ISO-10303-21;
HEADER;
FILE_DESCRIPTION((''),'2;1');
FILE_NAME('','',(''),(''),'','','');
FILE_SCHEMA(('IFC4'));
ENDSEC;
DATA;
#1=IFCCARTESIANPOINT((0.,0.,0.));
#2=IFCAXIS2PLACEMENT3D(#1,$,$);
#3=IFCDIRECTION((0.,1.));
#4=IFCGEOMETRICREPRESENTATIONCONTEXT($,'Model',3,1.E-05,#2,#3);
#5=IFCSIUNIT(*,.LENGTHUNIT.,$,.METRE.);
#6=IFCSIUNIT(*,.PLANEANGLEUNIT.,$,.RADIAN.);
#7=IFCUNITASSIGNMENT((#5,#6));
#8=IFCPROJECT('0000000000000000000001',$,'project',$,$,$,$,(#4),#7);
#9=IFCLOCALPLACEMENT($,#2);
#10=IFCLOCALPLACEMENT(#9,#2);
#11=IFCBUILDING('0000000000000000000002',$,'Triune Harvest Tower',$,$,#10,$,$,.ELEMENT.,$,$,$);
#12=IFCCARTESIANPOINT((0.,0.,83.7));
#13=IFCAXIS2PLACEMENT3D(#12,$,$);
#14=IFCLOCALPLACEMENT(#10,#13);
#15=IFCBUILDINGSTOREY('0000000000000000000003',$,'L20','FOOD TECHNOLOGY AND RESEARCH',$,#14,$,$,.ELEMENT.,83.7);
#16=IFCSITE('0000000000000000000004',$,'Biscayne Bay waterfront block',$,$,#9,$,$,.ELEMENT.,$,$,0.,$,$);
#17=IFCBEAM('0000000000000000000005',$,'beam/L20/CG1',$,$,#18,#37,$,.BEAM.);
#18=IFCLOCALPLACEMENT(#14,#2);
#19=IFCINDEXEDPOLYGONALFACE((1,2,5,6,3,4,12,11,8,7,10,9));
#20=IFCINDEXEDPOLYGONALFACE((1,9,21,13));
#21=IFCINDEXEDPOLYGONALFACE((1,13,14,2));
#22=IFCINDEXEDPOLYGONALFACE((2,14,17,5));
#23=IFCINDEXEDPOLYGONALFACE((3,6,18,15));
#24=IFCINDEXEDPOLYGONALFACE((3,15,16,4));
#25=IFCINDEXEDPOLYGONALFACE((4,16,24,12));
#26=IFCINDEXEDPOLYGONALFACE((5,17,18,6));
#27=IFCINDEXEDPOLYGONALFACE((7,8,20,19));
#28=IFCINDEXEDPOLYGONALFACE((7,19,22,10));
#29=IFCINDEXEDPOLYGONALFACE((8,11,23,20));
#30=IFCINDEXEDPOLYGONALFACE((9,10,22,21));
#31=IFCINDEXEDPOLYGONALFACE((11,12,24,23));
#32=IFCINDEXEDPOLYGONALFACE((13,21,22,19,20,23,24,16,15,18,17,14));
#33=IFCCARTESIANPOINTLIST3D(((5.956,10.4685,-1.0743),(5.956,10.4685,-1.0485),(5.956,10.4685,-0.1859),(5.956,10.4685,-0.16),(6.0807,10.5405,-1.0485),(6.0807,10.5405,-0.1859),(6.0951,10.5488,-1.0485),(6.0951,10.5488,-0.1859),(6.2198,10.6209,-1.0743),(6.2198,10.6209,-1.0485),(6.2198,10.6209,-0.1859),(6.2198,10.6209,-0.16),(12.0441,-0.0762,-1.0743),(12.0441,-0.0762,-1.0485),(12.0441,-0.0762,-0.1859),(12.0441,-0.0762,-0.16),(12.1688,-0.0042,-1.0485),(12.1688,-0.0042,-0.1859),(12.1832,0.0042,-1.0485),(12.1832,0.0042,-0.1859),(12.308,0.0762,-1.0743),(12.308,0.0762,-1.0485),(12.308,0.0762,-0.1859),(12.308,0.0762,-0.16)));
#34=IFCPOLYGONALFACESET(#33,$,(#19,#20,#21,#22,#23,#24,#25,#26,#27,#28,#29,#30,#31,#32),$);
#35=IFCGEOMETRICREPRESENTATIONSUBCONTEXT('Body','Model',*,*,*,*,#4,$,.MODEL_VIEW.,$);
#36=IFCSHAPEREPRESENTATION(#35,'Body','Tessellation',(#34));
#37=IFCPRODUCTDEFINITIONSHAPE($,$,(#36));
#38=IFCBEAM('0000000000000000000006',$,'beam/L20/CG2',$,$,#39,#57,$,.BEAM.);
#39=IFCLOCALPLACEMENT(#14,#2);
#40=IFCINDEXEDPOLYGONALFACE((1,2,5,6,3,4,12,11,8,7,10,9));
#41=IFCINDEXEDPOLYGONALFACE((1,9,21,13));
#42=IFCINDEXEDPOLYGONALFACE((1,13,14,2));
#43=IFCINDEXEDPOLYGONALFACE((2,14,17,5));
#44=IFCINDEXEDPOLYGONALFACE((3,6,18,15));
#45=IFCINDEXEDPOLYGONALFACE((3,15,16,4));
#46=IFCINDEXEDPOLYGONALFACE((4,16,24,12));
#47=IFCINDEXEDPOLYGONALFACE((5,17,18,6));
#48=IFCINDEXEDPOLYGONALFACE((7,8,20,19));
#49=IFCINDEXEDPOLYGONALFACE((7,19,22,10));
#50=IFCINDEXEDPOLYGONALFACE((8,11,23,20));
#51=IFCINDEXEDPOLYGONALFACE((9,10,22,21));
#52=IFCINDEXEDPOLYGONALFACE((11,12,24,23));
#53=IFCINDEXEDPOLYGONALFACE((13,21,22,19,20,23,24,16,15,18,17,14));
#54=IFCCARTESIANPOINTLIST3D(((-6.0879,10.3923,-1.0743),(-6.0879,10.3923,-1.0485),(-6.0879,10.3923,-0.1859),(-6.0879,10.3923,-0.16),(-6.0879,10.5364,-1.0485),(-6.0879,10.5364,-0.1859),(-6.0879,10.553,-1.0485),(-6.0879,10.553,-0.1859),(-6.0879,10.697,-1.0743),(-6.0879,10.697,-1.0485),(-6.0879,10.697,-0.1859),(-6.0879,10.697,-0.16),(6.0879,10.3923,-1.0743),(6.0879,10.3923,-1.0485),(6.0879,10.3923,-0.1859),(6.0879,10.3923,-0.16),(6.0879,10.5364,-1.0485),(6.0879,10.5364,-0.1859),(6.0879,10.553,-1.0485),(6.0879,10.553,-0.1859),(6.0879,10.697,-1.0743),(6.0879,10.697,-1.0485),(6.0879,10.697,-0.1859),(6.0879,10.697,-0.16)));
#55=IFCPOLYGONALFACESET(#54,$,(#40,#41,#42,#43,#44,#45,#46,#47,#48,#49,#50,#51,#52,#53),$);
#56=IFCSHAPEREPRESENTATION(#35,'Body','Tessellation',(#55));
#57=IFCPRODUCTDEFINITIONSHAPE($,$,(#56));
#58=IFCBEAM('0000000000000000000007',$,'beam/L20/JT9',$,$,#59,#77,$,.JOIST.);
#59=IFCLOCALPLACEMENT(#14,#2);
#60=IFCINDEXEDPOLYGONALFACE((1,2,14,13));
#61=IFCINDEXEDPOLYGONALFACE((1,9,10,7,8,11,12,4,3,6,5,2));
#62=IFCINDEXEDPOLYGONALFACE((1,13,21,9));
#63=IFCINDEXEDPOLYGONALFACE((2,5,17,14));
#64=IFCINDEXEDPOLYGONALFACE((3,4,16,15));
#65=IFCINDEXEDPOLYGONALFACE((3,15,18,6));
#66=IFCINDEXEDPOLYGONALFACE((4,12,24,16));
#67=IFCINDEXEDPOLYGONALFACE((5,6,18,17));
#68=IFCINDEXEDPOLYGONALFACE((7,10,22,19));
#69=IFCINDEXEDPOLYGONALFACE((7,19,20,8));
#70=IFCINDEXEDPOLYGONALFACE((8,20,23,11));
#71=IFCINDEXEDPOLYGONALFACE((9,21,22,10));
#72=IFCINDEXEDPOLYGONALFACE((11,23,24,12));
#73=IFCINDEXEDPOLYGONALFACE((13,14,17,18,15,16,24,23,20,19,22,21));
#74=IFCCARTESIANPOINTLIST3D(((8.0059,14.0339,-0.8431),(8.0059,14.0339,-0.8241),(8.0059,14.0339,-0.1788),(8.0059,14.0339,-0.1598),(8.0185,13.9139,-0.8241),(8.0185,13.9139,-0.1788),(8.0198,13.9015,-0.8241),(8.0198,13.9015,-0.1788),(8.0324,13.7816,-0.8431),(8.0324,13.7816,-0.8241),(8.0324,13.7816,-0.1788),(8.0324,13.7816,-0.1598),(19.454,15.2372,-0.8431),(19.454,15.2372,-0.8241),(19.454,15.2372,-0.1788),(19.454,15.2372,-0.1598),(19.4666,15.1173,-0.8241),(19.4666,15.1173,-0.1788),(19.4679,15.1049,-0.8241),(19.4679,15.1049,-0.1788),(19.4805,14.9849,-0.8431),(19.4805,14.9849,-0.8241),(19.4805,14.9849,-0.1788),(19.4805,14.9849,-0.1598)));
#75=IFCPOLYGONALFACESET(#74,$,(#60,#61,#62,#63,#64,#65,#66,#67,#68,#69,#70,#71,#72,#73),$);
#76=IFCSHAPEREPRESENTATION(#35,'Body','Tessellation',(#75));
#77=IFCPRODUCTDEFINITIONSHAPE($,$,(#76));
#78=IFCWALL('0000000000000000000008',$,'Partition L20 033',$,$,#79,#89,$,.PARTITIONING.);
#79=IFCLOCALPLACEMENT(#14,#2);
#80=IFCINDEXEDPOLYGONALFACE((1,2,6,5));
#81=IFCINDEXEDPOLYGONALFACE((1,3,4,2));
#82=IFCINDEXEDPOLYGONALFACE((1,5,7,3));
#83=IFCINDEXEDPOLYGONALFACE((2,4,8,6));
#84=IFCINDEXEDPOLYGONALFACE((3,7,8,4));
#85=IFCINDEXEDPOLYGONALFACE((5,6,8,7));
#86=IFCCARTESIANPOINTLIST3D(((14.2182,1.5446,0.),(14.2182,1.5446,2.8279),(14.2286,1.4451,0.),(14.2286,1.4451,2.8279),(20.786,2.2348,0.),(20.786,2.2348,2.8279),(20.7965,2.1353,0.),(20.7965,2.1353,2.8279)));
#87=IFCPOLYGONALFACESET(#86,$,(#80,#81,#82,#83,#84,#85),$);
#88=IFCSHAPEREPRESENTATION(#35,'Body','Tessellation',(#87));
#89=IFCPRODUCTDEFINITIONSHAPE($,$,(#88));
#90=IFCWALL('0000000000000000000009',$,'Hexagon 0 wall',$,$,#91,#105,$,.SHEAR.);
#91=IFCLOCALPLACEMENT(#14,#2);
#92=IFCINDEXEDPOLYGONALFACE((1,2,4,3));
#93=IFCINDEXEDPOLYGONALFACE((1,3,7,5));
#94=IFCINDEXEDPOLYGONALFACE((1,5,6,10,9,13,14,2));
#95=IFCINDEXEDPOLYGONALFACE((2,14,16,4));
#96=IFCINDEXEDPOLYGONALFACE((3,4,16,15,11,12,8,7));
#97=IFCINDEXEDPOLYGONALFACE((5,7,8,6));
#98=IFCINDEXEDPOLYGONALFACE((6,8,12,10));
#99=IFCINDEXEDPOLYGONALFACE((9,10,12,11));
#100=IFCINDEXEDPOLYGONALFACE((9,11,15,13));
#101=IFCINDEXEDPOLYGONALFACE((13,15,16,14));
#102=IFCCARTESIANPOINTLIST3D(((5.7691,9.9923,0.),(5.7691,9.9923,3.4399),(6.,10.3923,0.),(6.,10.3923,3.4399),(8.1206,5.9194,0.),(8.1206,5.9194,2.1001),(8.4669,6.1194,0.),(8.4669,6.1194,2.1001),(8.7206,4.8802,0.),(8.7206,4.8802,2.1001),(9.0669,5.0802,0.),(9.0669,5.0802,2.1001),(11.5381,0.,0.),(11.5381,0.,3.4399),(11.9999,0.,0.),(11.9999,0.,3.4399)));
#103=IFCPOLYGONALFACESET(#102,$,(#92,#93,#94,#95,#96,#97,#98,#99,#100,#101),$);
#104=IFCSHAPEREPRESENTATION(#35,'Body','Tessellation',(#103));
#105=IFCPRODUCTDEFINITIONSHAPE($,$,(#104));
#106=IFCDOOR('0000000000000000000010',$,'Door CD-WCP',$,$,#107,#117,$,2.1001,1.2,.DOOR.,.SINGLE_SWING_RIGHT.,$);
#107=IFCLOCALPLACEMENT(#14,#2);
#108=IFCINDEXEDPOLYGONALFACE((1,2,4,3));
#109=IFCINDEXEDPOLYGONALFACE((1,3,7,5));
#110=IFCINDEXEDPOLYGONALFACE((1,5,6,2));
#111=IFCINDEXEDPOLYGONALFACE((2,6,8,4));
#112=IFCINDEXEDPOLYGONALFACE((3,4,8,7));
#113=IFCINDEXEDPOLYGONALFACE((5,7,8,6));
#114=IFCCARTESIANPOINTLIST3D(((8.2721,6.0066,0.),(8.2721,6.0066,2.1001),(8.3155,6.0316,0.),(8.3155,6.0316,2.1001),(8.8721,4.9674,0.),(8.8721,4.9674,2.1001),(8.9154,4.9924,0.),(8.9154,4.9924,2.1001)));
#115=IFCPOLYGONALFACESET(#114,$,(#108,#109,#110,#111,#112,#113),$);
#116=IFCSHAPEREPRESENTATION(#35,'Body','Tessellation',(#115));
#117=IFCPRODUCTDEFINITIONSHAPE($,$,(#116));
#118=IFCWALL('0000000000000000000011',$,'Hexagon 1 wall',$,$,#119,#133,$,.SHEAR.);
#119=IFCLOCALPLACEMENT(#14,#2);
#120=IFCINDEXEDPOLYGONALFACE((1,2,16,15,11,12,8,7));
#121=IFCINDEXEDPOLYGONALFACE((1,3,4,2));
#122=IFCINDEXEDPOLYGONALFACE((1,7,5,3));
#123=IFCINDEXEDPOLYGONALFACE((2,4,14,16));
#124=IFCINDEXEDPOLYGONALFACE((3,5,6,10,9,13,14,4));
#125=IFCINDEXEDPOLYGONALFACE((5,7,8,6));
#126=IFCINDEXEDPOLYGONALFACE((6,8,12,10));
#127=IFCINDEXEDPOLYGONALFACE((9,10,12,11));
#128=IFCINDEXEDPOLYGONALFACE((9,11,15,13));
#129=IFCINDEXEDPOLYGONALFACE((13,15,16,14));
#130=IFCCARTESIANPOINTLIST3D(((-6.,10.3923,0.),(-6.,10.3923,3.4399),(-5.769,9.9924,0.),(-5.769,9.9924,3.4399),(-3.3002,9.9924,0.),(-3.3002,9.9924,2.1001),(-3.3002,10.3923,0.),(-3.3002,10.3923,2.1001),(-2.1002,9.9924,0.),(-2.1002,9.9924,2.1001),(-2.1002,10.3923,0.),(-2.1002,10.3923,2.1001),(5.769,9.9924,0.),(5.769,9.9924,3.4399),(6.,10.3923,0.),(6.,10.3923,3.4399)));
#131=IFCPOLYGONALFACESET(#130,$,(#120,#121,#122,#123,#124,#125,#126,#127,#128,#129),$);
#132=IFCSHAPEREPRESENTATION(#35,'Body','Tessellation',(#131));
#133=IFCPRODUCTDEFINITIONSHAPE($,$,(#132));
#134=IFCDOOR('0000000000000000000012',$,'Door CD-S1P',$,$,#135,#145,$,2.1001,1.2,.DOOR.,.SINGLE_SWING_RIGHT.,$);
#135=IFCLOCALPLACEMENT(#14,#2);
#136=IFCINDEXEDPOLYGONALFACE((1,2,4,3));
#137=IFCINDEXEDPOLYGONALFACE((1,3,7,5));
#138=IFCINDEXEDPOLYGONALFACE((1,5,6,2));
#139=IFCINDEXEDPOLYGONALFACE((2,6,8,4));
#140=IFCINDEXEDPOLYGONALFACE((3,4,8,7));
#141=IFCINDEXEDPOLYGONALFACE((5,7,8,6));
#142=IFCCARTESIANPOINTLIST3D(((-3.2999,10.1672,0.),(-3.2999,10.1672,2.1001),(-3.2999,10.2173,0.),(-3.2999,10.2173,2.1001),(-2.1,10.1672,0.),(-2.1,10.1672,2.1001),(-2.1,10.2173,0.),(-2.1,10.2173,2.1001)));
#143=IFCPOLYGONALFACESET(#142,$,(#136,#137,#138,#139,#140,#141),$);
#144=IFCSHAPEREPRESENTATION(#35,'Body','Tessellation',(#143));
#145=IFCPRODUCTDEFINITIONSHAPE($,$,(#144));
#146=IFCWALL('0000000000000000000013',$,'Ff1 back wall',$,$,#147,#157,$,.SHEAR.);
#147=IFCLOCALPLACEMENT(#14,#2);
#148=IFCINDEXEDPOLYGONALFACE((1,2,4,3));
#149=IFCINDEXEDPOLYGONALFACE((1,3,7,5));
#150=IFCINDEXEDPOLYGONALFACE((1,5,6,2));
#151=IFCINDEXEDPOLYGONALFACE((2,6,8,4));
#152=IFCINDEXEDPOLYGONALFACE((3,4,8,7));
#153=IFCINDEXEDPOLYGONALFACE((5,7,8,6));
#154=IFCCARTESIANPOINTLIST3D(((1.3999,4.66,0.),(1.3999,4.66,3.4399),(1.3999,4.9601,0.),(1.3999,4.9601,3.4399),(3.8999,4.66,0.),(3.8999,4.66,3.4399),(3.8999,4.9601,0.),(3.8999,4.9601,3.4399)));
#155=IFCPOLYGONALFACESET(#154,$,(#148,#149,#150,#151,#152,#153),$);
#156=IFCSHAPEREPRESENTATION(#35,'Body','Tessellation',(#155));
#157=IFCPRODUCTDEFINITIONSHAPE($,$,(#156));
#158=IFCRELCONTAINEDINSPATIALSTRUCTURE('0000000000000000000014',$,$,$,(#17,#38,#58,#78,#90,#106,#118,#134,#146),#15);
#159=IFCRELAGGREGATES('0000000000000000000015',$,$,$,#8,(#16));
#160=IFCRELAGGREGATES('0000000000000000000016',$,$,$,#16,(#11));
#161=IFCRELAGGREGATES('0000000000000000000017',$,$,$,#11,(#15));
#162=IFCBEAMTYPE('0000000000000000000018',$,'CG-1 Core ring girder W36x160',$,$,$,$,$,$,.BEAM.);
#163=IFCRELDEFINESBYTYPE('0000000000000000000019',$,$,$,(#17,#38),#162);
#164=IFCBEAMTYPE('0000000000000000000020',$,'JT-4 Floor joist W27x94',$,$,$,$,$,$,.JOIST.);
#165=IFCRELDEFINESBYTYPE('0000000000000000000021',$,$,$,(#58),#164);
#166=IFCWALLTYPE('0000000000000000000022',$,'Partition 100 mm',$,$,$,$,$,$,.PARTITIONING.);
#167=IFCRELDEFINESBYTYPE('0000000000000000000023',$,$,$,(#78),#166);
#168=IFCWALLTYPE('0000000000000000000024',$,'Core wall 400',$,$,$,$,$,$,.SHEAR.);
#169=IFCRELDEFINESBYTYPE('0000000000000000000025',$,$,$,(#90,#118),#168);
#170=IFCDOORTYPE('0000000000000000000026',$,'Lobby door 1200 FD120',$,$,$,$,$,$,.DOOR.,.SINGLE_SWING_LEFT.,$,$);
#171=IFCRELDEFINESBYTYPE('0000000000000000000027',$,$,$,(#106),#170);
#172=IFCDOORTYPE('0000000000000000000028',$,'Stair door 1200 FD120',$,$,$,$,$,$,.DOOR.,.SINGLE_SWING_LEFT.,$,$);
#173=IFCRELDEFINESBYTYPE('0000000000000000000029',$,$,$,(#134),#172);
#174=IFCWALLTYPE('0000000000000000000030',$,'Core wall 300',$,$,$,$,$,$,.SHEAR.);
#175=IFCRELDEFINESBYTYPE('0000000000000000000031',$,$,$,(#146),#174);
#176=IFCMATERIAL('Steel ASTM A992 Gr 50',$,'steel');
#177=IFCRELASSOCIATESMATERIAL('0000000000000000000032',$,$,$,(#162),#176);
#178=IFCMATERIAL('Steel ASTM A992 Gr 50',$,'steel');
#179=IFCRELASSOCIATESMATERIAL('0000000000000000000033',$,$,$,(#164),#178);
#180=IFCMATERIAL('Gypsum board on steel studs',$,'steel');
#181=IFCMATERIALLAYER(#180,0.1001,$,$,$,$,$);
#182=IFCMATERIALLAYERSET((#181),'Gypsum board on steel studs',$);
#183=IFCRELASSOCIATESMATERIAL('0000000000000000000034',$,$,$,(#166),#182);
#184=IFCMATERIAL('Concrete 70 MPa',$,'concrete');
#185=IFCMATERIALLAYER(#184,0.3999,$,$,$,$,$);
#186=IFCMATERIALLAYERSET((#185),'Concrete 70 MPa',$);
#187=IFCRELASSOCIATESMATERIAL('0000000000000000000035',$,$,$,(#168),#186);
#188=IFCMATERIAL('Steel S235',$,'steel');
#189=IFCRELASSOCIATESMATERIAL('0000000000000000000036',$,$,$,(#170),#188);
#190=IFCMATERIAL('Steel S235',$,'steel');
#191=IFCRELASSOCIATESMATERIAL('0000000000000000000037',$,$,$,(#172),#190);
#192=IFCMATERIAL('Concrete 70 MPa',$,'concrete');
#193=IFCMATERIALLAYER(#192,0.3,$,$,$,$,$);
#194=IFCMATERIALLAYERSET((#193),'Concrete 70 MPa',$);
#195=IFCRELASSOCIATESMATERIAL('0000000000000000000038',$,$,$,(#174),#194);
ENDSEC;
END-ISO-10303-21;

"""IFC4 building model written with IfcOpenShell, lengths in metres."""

from ifc_helpers import new_model, si_unit, direction, frame, frame_2d, origin, origin_2d, place, context, subcontext, project, spatial, polyline, rectangle, i_section, outline, extrude, source, transform, mapped, material, layer, layer_set, material_profile, profile_set, type_object, element, fill, save


model = new_model("IFC4")

# Units and contexts
model_context = context("Model", 3, precision=1e-05, world=origin(), true_north=direction((0.0, 1.0)))
body_context = subcontext(model_context, "Body", "Model", "MODEL_VIEW")
ifc_project = project(units=[si_unit("LENGTHUNIT", "METRE"), si_unit("PLANEANGLEUNIT", "RADIAN")], contexts=[model_context])

# Site, building, storey
site_placement = place(None, origin())
site = spatial("IfcSite", under=ifc_project, at=site_placement, Name="Biscayne Bay waterfront block", CompositionType="ELEMENT", RefElevation=0.0)
building_placement = place(site_placement, origin())
building = spatial("IfcBuilding", under=site, at=building_placement, Name="Triune Harvest Tower", CompositionType="ELEMENT")
storey_placement = place(building_placement, frame((0.0, 0.0, 83.7)))
storey = spatial("IfcBuildingStorey", under=building, at=storey_placement, Name="L20", Description="FOOD TECHNOLOGY AND RESEARCH", CompositionType="ELEMENT", Elevation=83.7)

# Beams
ifc_material_1 = material(Name="Steel ASTM A992 Gr 50", Category="steel")
ifc_material_profile_1 = material_profile(ifc_material_1, i_section(OverallWidth=0.3047, OverallDepth=0.9143, WebThickness=0.0166, FlangeThickness=0.0259, at=origin_2d()), Name="W36x160")
ifc_profile_set_1 = profile_set([ifc_material_profile_1], Name="Steel ASTM A992 Gr 50")
beam_type_1 = type_object("IfcBeamType", Name="CG-1 Core ring girder W36x160", PredefinedType="BEAM", material=ifc_profile_set_1)
shared_shape_1 = source(origin(), body_context, "Body", "SweptSolid", [
    extrude(i_section(OverallWidth=0.3047, OverallDepth=0.9143, WebThickness=0.0166, FlangeThickness=0.0259, at=origin_2d()), origin(), (0.0, 0.0, 1.0), 12.176),
])
beam_1_placement = place(storey_placement, frame((12.176, 0.0, -0.6172), z_axis=(-0.50001, 0.86602, 0.0), x_axis=(-0.86602, -0.50001, 0.0)))
element("IfcBeam", 1, at=beam_1_placement, inside=storey, type_object=beam_type_1, Name="beam/L20/CG1", PredefinedType="BEAM", context=body_context, shape_type="MappedRepresentation", body=[
    mapped(shared_shape_1, transform((0.0, 0.0, 0.0), scale=1.0)),
])
shared_shape_2 = source(origin(), body_context, "Body", "SweptSolid", [
    extrude(i_section(OverallWidth=0.3047, OverallDepth=0.9143, WebThickness=0.0166, FlangeThickness=0.0259, at=origin_2d()), origin(), (0.0, 0.0, 1.0), 12.1758),
])
beam_2_placement = place(storey_placement, frame((6.0879, 10.5447, -0.6172), z_axis=(-1.0, 0.0, 0.0), x_axis=(0.0, -1.0, 0.0)))
element("IfcBeam", 2, at=beam_2_placement, inside=storey, type_object=beam_type_1, Name="beam/L20/CG2", PredefinedType="BEAM", context=body_context, shape_type="MappedRepresentation", body=[
    mapped(shared_shape_2, transform((0.0, 0.0, 0.0), scale=1.0)),
])
ifc_material_2 = material(Name="Steel ASTM A992 Gr 50", Category="steel")
ifc_material_profile_2 = material_profile(ifc_material_2, i_section(OverallWidth=0.2537, OverallDepth=0.6833, WebThickness=0.0125, FlangeThickness=0.019, at=origin_2d()), Name="W27x94")
ifc_profile_set_2 = profile_set([ifc_material_profile_2], Name="Steel ASTM A992 Gr 50")
beam_type_2 = type_object("IfcBeamType", Name="JT-4 Floor joist W27x94", PredefinedType="JOIST", material=ifc_profile_set_2)
shared_shape_3 = source(origin(), body_context, "Body", "SweptSolid", [
    extrude(i_section(OverallWidth=0.2537, OverallDepth=0.6833, WebThickness=0.0125, FlangeThickness=0.019, at=origin_2d()), origin(), (0.0, 0.0, 1.0), 11.5112),
])
beam_3_placement = place(storey_placement, frame((19.4673, 15.1111, -0.5015), z_axis=(-0.994521, -0.104538, 0.0), x_axis=(0.104538, -0.994521, 0.0)))
element("IfcBeam", 3, at=beam_3_placement, inside=storey, type_object=beam_type_2, Name="beam/L20/JT9", PredefinedType="JOIST", context=body_context, shape_type="MappedRepresentation", body=[
    mapped(shared_shape_3, transform((0.0, 0.0, 0.0), scale=1.0)),
])

# Wall
ifc_material_3 = material(Name="Gypsum board on steel studs", Category="steel")
ifc_layer_1 = layer(ifc_material_3, 0.1001)
ifc_layer_set_1 = layer_set([ifc_layer_1], Name="Gypsum board on steel studs")
wall_type_1 = type_object("IfcWallType", Name="Partition 100 mm", PredefinedType="PARTITIONING", material=ifc_layer_set_1)
wall_1_placement = place(storey_placement, frame((14.2234, 1.4949, 0.0), z_axis=(0.0, 0.0, 1.0), x_axis=(0.994524, 0.10451, 0.0)))
element("IfcWall", 4, at=wall_1_placement, inside=storey, type_object=wall_type_1, Name="Partition L20 033", PredefinedType="PARTITIONING", context=body_context, shape_type="SweptSolid", body=[
    extrude(rectangle(XDim=6.604, YDim=0.1001, at=frame_2d((3.302, 0.0))), origin(), (0.0, 0.0, 1.0), 2.8279),
])

# Walls, openings, doors
ifc_material_4 = material(Name="Concrete 70 MPa", Category="concrete")
ifc_layer_2 = layer(ifc_material_4, 0.3999)
ifc_layer_set_2 = layer_set([ifc_layer_2], Name="Concrete 70 MPa")
wall_type_2 = type_object("IfcWallType", Name="Core wall 400", PredefinedType="SHEAR", material=ifc_layer_set_2)
shared_shape_4 = source(origin(), body_context, "Body", "SweptSolid", [
    extrude(outline(polyline([(-0.1155, -0.2), (11.8845, -0.2), (11.6536, 0.2), (0.1155, 0.2), (-0.1155, -0.2)])), origin(), (0.0, 0.0, 1.0), 3.4399),
])
wall_2_placement = place(storey_placement, frame((11.769, 0.0, 0.0), z_axis=(0.0, 0.0, 1.0), x_axis=(-0.499997, 0.866027, 0.0)))
wall_2 = element("IfcWall", 5, at=wall_2_placement, inside=storey, type_object=wall_type_2, Name="Hexagon 0 wall", PredefinedType="SHEAR", context=body_context, shape_type="MappedRepresentation", body=[
    mapped(shared_shape_4, transform((0.0, 0.0, 0.0), scale=1.0)),
])
opening_1_placement = place(wall_2_placement, frame((5.7505, 0.0, 0.0)))
opening_1 = element("IfcOpeningElement", 6, at=opening_1_placement, cuts=wall_2, PredefinedType="OPENING", context=body_context, shape_type="SweptSolid", body=[
    extrude(rectangle(XDim=1.2, YDim=2.1001, at=frame_2d((0.6001, 1.05))), frame((0.0, 0.21, 0.0), z_axis=(0.0, -1.0, 0.0), x_axis=(1.0, 0.0, 0.0)), (0.0, 0.0, 1.0), 0.4199),
])
ifc_material_5 = material(Name="Steel S235", Category="steel")
door_type_1 = type_object("IfcDoorType", Name="Lobby door 1200 FD120", OperationType="SINGLE_SWING_LEFT", PredefinedType="DOOR", material=ifc_material_5)
door_1_placement = place(opening_1_placement, frame((1.2, 0.0, 0.0), z_axis=(0.0, 0.0, 1.0), x_axis=(-1.0, 0.0, 0.0)))
door_1 = element("IfcDoor", 7, at=door_1_placement, inside=storey, type_object=door_type_1, Name="Door CD-WCP", OperationType="SINGLE_SWING_RIGHT", OverallHeight=2.1001, OverallWidth=1.2, PredefinedType="DOOR", context=body_context, shape_type="SweptSolid", body=[
    extrude(rectangle(XDim=1.2, YDim=2.1001, at=frame_2d((0.6001, 1.05))), frame((0.0, 0.0249, 0.0), z_axis=(0.0, -1.0, 0.0), x_axis=(1.0, 0.0, 0.0)), (0.0, 0.0, 1.0), 0.05),
])
fill(opening_1, door_1)
wall_3_placement = place(storey_placement, frame((5.8845, 10.1924, 0.0), z_axis=(0.0, 0.0, 1.0), x_axis=(-1.0, 0.0, 0.0)))
wall_3 = element("IfcWall", 8, at=wall_3_placement, inside=storey, type_object=wall_type_2, Name="Hexagon 1 wall", PredefinedType="SHEAR", context=body_context, shape_type="MappedRepresentation", body=[
    mapped(shared_shape_4, transform((0.0, 0.0, 0.0), scale=1.0)),
])
opening_2_placement = place(wall_3_placement, frame((7.9846, 0.0, 0.0)))
opening_2 = element("IfcOpeningElement", 9, at=opening_2_placement, cuts=wall_3, PredefinedType="OPENING", context=body_context, shape_type="SweptSolid", body=[
    extrude(rectangle(XDim=1.2, YDim=2.1001, at=frame_2d((0.6001, 1.05))), frame((0.0, 0.21, 0.0), z_axis=(0.0, -1.0, 0.0), x_axis=(1.0, 0.0, 0.0)), (0.0, 0.0, 1.0), 0.4199),
])
ifc_material_6 = material(Name="Steel S235", Category="steel")
door_type_2 = type_object("IfcDoorType", Name="Stair door 1200 FD120", OperationType="SINGLE_SWING_LEFT", PredefinedType="DOOR", material=ifc_material_6)
door_2_placement = place(opening_2_placement, frame((1.2, 0.0, 0.0), z_axis=(0.0, 0.0, 1.0), x_axis=(-1.0, 0.0, 0.0)))
door_2 = element("IfcDoor", 10, at=door_2_placement, inside=storey, type_object=door_type_2, Name="Door CD-S1P", OperationType="SINGLE_SWING_RIGHT", OverallHeight=2.1001, OverallWidth=1.2, PredefinedType="DOOR", context=body_context, shape_type="SweptSolid", body=[
    extrude(rectangle(XDim=1.2, YDim=2.1001, at=frame_2d((0.6001, 1.05))), frame((0.0, 0.0249, 0.0), z_axis=(0.0, -1.0, 0.0), x_axis=(1.0, 0.0, 0.0)), (0.0, 0.0, 1.0), 0.05),
])
fill(opening_2, door_2)

# Wall
ifc_material_7 = material(Name="Concrete 70 MPa", Category="concrete")
ifc_layer_3 = layer(ifc_material_7, 0.3)
ifc_layer_set_3 = layer_set([ifc_layer_3], Name="Concrete 70 MPa")
wall_type_3 = type_object("IfcWallType", Name="Core wall 300", PredefinedType="SHEAR", material=ifc_layer_set_3)
shared_shape_5 = source(origin(), body_context, "Body", "SweptSolid", [
    extrude(rectangle(XDim=2.5, YDim=0.3, at=frame_2d((1.25, 0.0))), origin(), (0.0, 0.0, 1.0), 3.4399),
])
wall_4_placement = place(storey_placement, frame((1.3999, 4.8101, 0.0), z_axis=(0.0, 0.0, 1.0), x_axis=(1.0, 0.0, 0.0)))
element("IfcWall", 11, at=wall_4_placement, inside=storey, type_object=wall_type_3, Name="Ff1 back wall", PredefinedType="SHEAR", context=body_context, shape_type="MappedRepresentation", body=[
    mapped(shared_shape_5, transform((0.0, 0.0, 0.0), scale=1.0)),
])

save(model, "model.ifc")
